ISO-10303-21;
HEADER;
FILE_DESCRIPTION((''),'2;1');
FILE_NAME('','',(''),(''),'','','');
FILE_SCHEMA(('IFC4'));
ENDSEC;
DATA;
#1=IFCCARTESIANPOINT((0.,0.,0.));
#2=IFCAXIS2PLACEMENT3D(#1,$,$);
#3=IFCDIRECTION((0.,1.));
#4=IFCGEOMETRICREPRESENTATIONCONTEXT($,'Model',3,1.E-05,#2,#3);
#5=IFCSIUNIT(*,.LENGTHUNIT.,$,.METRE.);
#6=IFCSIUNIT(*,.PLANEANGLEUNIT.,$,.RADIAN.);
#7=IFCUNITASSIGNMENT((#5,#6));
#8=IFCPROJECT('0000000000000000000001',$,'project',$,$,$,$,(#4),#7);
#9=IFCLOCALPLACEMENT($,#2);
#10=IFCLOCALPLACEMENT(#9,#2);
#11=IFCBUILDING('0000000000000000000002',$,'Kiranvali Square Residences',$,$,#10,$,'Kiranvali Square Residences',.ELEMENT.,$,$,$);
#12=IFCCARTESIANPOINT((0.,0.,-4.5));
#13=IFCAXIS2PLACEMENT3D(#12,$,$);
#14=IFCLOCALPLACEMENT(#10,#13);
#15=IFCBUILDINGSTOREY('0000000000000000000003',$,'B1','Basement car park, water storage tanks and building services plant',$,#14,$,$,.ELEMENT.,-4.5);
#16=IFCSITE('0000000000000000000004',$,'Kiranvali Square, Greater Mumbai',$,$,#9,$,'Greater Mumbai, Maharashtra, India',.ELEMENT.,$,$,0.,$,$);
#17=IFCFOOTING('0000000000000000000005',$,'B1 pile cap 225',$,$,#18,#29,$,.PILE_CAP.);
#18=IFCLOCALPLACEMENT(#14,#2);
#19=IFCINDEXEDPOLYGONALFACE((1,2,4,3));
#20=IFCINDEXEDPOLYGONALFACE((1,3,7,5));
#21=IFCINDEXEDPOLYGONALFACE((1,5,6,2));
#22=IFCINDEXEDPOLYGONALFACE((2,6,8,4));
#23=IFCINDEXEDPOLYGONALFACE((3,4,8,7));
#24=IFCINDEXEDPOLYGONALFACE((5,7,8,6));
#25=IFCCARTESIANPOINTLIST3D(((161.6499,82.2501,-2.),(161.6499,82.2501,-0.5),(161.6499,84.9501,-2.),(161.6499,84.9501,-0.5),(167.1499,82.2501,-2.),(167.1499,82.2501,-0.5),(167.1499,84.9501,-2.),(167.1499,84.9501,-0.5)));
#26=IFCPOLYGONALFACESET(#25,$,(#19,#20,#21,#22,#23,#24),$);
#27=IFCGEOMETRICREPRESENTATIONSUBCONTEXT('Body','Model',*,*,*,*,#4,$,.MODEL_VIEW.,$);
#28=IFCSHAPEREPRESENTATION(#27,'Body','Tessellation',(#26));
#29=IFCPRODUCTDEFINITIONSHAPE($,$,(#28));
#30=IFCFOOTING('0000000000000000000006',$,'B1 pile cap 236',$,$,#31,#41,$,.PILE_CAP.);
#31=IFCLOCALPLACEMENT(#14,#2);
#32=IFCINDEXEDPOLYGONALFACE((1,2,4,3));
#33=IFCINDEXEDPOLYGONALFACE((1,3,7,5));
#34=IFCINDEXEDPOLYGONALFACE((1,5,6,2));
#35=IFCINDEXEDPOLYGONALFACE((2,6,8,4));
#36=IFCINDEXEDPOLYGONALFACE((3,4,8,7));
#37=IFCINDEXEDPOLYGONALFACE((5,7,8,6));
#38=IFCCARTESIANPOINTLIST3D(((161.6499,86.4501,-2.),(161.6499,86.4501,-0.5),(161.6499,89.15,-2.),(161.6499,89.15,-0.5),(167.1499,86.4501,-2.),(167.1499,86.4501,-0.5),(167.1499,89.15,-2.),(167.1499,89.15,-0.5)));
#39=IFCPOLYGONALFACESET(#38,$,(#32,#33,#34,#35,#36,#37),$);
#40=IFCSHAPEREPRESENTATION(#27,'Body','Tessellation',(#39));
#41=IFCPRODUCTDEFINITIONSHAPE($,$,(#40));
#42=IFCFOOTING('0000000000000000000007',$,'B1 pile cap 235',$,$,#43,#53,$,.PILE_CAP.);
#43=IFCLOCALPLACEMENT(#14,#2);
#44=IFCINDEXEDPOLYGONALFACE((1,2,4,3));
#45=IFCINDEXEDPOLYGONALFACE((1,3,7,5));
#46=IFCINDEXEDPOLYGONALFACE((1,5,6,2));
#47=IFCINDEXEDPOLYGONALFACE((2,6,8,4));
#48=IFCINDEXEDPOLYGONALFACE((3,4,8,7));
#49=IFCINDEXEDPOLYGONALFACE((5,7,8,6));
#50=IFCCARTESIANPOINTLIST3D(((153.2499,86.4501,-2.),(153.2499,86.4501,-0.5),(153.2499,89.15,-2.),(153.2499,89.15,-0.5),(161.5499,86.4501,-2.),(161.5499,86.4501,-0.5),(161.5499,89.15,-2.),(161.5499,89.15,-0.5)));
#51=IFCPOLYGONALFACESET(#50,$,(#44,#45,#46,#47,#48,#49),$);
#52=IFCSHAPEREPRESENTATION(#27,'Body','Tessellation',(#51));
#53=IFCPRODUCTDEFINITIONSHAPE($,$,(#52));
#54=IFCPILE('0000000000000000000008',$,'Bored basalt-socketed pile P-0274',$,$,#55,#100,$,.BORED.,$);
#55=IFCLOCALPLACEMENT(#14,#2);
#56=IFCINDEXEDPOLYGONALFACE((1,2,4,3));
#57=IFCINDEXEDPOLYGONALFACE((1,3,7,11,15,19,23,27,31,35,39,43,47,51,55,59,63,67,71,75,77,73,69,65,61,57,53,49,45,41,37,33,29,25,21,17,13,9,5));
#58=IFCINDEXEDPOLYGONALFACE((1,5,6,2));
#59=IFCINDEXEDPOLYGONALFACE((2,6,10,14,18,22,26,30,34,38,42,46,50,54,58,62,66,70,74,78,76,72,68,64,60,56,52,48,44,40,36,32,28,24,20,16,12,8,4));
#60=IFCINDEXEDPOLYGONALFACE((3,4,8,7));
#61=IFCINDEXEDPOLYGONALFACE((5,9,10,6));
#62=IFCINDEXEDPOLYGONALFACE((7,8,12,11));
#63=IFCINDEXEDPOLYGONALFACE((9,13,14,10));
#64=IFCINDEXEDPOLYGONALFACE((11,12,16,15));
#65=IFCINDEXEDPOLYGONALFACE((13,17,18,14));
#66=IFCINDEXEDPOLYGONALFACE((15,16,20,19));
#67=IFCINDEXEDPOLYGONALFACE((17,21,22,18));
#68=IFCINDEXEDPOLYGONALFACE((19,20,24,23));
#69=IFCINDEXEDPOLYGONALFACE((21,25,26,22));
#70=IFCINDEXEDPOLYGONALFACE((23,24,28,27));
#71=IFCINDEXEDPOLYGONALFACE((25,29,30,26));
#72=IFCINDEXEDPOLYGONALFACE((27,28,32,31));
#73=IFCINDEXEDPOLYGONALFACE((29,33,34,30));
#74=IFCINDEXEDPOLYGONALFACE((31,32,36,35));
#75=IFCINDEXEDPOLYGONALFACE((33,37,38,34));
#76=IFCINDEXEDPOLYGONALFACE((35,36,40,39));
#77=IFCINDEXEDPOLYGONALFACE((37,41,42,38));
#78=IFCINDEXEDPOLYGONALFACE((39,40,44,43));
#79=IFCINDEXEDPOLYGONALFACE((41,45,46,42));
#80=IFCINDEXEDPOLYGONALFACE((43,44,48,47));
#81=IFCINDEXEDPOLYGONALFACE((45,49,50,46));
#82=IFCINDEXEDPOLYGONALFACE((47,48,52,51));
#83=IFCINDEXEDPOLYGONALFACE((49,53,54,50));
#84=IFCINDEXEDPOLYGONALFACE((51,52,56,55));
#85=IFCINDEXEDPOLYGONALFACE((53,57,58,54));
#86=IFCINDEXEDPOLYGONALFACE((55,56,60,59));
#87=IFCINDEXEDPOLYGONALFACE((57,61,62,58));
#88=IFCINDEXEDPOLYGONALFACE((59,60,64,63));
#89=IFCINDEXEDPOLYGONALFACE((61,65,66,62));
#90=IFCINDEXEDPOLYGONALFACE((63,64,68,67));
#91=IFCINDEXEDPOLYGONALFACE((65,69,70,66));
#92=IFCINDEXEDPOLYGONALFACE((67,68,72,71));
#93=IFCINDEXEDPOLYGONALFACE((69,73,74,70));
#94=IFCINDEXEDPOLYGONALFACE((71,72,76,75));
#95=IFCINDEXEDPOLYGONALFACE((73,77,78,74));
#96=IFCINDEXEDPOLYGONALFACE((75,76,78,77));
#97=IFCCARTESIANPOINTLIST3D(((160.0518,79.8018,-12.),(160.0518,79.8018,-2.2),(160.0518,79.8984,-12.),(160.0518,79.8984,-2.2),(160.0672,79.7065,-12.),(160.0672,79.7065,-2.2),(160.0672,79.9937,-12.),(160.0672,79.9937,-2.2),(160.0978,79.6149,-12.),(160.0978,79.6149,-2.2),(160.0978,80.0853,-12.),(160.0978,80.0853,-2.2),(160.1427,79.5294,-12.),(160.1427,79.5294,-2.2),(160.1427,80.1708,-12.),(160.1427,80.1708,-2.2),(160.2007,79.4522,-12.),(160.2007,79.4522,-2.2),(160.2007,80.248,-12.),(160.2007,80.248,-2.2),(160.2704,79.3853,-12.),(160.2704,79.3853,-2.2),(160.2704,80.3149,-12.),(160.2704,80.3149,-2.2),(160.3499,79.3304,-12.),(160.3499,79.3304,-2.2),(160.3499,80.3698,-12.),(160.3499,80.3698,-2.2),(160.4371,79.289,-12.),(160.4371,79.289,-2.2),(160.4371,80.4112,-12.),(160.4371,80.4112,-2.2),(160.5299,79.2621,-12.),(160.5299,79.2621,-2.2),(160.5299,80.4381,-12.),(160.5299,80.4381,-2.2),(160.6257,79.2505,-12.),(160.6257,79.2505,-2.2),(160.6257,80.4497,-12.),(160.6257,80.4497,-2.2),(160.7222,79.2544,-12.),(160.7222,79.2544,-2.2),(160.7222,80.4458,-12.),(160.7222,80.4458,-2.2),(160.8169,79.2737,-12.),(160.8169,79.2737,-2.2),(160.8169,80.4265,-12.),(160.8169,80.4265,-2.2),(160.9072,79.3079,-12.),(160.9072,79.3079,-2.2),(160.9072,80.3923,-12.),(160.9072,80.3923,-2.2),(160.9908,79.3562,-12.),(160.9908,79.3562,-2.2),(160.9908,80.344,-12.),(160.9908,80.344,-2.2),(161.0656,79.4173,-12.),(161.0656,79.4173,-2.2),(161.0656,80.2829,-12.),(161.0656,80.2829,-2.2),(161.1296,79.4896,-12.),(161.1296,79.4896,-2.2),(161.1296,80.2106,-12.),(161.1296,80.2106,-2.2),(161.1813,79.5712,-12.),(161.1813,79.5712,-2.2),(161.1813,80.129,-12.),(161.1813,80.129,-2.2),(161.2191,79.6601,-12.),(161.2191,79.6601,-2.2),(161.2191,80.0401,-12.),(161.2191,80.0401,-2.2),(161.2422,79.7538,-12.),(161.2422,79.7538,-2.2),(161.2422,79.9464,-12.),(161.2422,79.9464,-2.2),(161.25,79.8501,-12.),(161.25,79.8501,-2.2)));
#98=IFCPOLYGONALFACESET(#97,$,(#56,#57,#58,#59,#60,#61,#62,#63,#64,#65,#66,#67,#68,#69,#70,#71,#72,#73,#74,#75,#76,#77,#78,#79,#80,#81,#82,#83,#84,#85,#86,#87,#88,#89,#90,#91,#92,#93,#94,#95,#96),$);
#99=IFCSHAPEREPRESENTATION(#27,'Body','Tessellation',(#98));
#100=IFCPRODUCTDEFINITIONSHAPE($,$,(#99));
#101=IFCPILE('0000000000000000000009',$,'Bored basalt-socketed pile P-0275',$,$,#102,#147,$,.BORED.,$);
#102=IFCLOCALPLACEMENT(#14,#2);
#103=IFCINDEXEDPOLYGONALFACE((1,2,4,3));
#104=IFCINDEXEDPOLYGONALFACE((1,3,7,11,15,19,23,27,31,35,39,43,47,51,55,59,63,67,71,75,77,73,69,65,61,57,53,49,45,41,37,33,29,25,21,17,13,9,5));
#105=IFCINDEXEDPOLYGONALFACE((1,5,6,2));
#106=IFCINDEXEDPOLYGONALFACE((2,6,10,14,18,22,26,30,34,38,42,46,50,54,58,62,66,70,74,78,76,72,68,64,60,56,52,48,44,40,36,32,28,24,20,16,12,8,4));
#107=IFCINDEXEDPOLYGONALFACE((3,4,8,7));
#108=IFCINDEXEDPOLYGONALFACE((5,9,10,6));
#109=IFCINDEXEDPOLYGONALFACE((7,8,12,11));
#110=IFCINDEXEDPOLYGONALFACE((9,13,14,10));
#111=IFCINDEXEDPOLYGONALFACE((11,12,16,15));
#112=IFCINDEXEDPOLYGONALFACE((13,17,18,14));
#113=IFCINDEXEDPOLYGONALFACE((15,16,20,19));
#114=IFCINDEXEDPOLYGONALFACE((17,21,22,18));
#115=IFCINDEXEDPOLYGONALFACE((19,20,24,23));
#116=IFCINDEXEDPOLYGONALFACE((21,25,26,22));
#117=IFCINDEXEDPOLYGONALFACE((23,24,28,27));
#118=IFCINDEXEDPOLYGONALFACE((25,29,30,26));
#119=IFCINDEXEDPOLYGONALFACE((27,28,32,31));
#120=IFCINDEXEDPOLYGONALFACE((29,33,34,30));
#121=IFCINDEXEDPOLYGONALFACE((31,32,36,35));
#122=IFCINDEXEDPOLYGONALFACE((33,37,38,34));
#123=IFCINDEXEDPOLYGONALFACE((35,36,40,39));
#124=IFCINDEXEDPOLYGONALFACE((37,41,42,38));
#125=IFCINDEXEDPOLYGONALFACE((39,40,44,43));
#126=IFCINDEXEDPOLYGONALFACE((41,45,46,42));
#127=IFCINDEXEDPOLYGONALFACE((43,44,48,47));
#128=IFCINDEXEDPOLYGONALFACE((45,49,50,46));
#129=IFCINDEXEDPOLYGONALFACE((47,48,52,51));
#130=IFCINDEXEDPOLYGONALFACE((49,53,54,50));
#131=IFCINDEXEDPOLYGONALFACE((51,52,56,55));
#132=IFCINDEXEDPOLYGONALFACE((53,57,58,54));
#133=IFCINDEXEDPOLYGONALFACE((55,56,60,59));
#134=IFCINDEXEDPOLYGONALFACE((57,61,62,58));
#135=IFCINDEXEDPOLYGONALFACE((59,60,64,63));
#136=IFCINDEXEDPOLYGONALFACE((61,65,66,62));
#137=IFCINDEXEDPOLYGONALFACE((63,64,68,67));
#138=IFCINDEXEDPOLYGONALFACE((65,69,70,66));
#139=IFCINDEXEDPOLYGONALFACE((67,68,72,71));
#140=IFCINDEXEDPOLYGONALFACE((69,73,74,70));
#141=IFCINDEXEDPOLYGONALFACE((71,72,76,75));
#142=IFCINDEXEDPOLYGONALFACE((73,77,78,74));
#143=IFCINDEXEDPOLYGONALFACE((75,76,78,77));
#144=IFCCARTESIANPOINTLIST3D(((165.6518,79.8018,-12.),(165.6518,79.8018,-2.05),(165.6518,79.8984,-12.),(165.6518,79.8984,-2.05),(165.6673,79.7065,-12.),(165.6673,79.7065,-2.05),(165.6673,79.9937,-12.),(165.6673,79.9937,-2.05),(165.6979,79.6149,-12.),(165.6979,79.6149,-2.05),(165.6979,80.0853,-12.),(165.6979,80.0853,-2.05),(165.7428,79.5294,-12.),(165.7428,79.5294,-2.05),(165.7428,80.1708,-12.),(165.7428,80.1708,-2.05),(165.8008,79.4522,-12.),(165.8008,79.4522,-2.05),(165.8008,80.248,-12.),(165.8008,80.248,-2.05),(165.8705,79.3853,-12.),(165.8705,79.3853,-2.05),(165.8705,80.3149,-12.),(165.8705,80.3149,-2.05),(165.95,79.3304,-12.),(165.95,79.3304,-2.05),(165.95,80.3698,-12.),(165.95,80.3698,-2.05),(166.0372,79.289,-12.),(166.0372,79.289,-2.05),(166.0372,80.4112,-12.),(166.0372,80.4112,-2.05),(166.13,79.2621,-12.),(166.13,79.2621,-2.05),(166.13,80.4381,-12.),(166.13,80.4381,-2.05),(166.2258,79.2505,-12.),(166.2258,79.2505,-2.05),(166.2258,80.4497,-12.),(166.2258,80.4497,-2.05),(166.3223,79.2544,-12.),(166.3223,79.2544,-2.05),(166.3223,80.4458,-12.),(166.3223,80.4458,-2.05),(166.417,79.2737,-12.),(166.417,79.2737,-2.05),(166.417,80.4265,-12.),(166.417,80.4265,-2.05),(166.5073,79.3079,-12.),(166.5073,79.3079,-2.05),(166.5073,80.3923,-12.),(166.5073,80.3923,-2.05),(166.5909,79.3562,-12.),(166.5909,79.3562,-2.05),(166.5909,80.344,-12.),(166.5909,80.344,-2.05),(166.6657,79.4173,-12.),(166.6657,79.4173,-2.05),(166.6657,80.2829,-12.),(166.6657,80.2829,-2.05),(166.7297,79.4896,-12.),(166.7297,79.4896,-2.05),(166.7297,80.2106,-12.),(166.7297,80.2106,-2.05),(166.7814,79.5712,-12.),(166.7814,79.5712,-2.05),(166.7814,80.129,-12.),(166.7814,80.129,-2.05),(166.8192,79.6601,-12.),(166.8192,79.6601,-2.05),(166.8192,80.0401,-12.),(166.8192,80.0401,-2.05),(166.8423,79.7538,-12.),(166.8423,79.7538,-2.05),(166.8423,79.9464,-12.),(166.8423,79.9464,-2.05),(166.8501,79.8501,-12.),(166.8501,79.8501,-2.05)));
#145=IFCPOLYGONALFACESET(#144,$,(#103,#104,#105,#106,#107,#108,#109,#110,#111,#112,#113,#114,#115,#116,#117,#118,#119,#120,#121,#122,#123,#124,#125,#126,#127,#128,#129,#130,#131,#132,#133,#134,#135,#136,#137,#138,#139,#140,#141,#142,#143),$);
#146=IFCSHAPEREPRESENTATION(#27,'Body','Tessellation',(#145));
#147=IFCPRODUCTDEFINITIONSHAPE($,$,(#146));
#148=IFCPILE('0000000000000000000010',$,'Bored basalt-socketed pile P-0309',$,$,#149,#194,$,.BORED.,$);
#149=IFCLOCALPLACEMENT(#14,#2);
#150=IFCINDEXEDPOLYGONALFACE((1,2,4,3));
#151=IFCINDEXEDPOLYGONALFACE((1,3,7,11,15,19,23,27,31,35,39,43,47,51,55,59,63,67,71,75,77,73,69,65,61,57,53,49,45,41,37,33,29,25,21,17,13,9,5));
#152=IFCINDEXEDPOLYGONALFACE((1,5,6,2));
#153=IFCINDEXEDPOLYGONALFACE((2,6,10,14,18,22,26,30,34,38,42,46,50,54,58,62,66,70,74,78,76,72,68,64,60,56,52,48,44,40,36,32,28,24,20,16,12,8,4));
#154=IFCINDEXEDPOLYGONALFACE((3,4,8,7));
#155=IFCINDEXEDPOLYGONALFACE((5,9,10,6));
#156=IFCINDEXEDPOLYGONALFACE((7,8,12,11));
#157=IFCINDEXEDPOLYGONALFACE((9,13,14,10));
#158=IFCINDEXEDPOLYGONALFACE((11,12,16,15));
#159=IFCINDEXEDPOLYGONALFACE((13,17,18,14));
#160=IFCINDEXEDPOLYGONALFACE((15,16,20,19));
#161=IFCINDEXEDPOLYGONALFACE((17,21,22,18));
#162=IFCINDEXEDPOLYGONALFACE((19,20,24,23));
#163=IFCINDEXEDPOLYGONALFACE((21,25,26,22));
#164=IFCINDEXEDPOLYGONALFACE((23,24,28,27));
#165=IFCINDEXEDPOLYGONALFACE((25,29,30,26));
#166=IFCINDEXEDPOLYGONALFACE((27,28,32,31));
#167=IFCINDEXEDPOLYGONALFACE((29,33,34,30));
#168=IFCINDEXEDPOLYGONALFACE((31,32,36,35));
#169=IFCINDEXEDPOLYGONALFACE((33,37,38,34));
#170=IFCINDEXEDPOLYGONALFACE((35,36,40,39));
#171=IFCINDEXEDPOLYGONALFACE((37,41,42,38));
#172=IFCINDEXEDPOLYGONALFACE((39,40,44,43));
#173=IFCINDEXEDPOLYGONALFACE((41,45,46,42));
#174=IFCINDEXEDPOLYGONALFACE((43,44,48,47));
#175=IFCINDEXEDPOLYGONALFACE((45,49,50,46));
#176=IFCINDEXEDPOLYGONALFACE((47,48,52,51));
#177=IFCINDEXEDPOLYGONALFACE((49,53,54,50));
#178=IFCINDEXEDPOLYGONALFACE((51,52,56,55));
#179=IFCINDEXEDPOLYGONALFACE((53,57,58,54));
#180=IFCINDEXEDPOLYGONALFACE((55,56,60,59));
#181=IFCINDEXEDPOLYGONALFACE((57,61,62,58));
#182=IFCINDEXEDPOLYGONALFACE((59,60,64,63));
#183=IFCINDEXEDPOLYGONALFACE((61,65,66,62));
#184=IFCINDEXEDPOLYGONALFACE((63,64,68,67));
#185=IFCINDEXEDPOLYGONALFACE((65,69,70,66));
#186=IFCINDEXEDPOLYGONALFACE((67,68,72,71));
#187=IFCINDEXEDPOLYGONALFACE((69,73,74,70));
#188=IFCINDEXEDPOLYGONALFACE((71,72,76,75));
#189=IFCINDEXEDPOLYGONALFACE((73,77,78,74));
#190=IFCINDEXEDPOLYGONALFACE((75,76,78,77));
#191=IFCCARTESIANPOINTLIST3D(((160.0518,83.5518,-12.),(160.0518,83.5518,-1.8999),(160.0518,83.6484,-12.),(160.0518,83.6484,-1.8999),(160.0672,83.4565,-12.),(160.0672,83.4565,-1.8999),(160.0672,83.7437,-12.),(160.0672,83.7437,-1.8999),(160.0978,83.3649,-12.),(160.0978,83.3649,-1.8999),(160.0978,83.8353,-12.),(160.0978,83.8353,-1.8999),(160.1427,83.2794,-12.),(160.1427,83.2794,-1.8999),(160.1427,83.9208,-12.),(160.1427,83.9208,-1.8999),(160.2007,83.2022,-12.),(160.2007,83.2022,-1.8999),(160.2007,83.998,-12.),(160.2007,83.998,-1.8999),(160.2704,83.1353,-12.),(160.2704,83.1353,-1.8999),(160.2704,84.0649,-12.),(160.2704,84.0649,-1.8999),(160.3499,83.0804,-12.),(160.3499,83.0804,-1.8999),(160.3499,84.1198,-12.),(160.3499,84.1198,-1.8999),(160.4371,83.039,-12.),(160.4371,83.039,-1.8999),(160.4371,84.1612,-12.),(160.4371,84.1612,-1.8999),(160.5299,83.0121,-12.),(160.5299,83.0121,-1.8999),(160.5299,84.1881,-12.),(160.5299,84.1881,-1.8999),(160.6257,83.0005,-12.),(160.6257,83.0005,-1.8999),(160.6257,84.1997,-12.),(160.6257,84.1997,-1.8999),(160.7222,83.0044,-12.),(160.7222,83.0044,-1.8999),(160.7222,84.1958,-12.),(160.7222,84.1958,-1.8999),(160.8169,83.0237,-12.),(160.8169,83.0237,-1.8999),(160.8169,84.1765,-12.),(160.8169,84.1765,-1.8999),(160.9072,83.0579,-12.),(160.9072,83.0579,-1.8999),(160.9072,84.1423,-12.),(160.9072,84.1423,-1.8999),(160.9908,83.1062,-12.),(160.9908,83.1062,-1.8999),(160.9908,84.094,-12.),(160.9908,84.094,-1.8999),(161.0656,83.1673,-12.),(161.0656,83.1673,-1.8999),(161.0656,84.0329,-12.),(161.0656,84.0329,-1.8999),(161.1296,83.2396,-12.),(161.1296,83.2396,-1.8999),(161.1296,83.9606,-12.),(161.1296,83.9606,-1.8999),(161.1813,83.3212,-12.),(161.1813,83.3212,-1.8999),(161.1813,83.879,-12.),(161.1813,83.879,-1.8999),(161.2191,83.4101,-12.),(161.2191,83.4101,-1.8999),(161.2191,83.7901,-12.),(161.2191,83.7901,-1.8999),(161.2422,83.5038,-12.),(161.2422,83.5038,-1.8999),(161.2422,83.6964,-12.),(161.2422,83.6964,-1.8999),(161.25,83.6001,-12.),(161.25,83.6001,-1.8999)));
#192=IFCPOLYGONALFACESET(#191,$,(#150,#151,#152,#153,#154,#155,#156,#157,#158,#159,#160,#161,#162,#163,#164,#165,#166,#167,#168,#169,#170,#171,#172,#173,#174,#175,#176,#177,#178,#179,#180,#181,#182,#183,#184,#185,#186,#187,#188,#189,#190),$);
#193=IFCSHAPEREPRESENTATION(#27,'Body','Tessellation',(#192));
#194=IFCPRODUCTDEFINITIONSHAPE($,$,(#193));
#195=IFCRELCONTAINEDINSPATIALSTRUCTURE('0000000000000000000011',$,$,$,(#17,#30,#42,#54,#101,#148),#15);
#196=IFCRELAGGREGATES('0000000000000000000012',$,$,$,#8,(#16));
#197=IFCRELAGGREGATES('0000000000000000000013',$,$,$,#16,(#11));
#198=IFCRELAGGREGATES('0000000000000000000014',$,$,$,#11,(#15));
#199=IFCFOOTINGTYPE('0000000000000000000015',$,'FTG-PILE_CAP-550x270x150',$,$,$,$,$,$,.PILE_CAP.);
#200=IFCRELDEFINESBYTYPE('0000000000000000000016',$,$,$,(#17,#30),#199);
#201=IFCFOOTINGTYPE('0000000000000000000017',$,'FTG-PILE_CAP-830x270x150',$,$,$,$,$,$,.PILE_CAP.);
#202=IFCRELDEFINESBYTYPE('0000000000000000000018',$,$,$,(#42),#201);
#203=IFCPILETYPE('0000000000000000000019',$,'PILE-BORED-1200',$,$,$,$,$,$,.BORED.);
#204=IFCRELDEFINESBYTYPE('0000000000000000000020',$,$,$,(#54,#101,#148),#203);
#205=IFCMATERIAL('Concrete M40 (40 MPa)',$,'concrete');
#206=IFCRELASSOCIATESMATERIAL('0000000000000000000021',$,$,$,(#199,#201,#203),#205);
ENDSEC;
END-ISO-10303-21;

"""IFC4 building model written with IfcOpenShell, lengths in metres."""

from ifc_helpers import new_model, si_unit, direction, frame, origin, origin_2d, place, context, subcontext, project, spatial, rectangle, circle, extrude, material, material_profile, profile_set, type_object, element, save


model = new_model("IFC4")

# Units and contexts
model_context = context("Model", 3, precision=1e-05, world=origin(), true_north=direction((0.0, 1.0)))
body_context = subcontext(model_context, "Body", "Model", "MODEL_VIEW")
ifc_project = project(units=[si_unit("LENGTHUNIT", "METRE"), si_unit("PLANEANGLEUNIT", "RADIAN")], contexts=[model_context])

# Site, building, storey
site_placement = place(None, origin())
site = spatial("IfcSite", under=ifc_project, at=site_placement, Name="Kiranvali Square, Greater Mumbai", LongName="Greater Mumbai, Maharashtra, India", CompositionType="ELEMENT", RefElevation=0.0)
building_placement = place(site_placement, origin())
building = spatial("IfcBuilding", under=site, at=building_placement, Name="Kiranvali Square Residences", LongName="Kiranvali Square Residences", CompositionType="ELEMENT")
storey_placement = place(building_placement, frame((0.0, 0.0, -4.5)))
storey = spatial("IfcBuildingStorey", under=building, at=storey_placement, Name="B1", Description="Basement car park, water storage tanks and building services plant", CompositionType="ELEMENT", Elevation=-4.5)

# Footings
ifc_material_1 = material(Name="Concrete M40 (40 MPa)", Category="concrete")
footing_type_1 = type_object("IfcFootingType", Name="FTG-PILE_CAP-550x270x150", PredefinedType="PILE_CAP", material=ifc_material_1)
for number, where, z_axis, x_axis, name in (
    (1, (164.3999, 83.6001, -2.0), (0.0, 0.0, 1.0), (1.0, 0.0, 0.0), "B1 pile cap 225"),
    (2, (164.3999, 87.8, -2.0), (0.0, 0.0, 1.0), (1.0, 0.0, 0.0), "B1 pile cap 236"),
):
    element("IfcFooting", number, at=place(storey_placement, frame(where, z_axis=z_axis, x_axis=x_axis)), inside=storey, type_object=footing_type_1, Name=name, PredefinedType="PILE_CAP", context=body_context, shape_type="SweptSolid", body=[
        extrude(rectangle(XDim=5.5, YDim=2.7, at=origin_2d()), origin(), (0.0, 0.0, 1.0), 1.5),
    ])
footing_type_2 = type_object("IfcFootingType", Name="FTG-PILE_CAP-830x270x150", PredefinedType="PILE_CAP", material=ifc_material_1)
footing_placement = place(storey_placement, frame((157.3999, 87.8, -2.0), z_axis=(0.0, 0.0, 1.0), x_axis=(1.0, 0.0, 0.0)))
element("IfcFooting", 3, at=footing_placement, inside=storey, type_object=footing_type_2, Name="B1 pile cap 235", PredefinedType="PILE_CAP", context=body_context, shape_type="SweptSolid", body=[
    extrude(rectangle(XDim=8.3, YDim=2.7, at=origin_2d()), origin(), (0.0, 0.0, 1.0), 1.5),
])

# Piles
ifc_material_profile_1 = material_profile(ifc_material_1, circle(Radius=0.6001, at=origin_2d()), Name="BORED PILE 1200")
ifc_profile_set_1 = profile_set([ifc_material_profile_1], Name="Concrete M40 (40 MPa)")
pile_type = type_object("IfcPileType", Name="PILE-BORED-1200", PredefinedType="BORED", material=ifc_profile_set_1)
pile_1_placement = place(storey_placement, frame((160.6499, 79.8501, -2.2), z_axis=(0.0, 0.0, -1.0), x_axis=(1.0, 0.0, 0.0)))
element("IfcPile", 4, at=pile_1_placement, inside=storey, type_object=pile_type, Name="Bored basalt-socketed pile P-0274", PredefinedType="BORED", context=body_context, shape_type="SweptSolid", body=[
    extrude(circle(Radius=0.6001, at=origin_2d()), origin(), (0.0, 0.0, 1.0), 9.8),
])
pile_2_placement = place(storey_placement, frame((166.25, 79.8501, -2.05), z_axis=(0.0, 0.0, -1.0), x_axis=(1.0, 0.0, 0.0)))
element("IfcPile", 5, at=pile_2_placement, inside=storey, type_object=pile_type, Name="Bored basalt-socketed pile P-0275", PredefinedType="BORED", context=body_context, shape_type="SweptSolid", body=[
    extrude(circle(Radius=0.6001, at=origin_2d()), origin(), (0.0, 0.0, 1.0), 9.95),
])
for number, where, z_axis, x_axis, name in (
    (6, (160.6499, 83.6001, -1.8999), (0.0, 0.0, -1.0), (1.0, 0.0, 0.0), "Bored basalt-socketed pile P-0309"),
):
    element("IfcPile", number, at=place(storey_placement, frame(where, z_axis=z_axis, x_axis=x_axis)), inside=storey, type_object=pile_type, Name=name, PredefinedType="BORED", context=body_context, shape_type="SweptSolid", body=[
        extrude(circle(Radius=0.6001, at=origin_2d()), origin(), (0.0, 0.0, 1.0), 10.1001),
    ])

save(model, "model.ifc")
